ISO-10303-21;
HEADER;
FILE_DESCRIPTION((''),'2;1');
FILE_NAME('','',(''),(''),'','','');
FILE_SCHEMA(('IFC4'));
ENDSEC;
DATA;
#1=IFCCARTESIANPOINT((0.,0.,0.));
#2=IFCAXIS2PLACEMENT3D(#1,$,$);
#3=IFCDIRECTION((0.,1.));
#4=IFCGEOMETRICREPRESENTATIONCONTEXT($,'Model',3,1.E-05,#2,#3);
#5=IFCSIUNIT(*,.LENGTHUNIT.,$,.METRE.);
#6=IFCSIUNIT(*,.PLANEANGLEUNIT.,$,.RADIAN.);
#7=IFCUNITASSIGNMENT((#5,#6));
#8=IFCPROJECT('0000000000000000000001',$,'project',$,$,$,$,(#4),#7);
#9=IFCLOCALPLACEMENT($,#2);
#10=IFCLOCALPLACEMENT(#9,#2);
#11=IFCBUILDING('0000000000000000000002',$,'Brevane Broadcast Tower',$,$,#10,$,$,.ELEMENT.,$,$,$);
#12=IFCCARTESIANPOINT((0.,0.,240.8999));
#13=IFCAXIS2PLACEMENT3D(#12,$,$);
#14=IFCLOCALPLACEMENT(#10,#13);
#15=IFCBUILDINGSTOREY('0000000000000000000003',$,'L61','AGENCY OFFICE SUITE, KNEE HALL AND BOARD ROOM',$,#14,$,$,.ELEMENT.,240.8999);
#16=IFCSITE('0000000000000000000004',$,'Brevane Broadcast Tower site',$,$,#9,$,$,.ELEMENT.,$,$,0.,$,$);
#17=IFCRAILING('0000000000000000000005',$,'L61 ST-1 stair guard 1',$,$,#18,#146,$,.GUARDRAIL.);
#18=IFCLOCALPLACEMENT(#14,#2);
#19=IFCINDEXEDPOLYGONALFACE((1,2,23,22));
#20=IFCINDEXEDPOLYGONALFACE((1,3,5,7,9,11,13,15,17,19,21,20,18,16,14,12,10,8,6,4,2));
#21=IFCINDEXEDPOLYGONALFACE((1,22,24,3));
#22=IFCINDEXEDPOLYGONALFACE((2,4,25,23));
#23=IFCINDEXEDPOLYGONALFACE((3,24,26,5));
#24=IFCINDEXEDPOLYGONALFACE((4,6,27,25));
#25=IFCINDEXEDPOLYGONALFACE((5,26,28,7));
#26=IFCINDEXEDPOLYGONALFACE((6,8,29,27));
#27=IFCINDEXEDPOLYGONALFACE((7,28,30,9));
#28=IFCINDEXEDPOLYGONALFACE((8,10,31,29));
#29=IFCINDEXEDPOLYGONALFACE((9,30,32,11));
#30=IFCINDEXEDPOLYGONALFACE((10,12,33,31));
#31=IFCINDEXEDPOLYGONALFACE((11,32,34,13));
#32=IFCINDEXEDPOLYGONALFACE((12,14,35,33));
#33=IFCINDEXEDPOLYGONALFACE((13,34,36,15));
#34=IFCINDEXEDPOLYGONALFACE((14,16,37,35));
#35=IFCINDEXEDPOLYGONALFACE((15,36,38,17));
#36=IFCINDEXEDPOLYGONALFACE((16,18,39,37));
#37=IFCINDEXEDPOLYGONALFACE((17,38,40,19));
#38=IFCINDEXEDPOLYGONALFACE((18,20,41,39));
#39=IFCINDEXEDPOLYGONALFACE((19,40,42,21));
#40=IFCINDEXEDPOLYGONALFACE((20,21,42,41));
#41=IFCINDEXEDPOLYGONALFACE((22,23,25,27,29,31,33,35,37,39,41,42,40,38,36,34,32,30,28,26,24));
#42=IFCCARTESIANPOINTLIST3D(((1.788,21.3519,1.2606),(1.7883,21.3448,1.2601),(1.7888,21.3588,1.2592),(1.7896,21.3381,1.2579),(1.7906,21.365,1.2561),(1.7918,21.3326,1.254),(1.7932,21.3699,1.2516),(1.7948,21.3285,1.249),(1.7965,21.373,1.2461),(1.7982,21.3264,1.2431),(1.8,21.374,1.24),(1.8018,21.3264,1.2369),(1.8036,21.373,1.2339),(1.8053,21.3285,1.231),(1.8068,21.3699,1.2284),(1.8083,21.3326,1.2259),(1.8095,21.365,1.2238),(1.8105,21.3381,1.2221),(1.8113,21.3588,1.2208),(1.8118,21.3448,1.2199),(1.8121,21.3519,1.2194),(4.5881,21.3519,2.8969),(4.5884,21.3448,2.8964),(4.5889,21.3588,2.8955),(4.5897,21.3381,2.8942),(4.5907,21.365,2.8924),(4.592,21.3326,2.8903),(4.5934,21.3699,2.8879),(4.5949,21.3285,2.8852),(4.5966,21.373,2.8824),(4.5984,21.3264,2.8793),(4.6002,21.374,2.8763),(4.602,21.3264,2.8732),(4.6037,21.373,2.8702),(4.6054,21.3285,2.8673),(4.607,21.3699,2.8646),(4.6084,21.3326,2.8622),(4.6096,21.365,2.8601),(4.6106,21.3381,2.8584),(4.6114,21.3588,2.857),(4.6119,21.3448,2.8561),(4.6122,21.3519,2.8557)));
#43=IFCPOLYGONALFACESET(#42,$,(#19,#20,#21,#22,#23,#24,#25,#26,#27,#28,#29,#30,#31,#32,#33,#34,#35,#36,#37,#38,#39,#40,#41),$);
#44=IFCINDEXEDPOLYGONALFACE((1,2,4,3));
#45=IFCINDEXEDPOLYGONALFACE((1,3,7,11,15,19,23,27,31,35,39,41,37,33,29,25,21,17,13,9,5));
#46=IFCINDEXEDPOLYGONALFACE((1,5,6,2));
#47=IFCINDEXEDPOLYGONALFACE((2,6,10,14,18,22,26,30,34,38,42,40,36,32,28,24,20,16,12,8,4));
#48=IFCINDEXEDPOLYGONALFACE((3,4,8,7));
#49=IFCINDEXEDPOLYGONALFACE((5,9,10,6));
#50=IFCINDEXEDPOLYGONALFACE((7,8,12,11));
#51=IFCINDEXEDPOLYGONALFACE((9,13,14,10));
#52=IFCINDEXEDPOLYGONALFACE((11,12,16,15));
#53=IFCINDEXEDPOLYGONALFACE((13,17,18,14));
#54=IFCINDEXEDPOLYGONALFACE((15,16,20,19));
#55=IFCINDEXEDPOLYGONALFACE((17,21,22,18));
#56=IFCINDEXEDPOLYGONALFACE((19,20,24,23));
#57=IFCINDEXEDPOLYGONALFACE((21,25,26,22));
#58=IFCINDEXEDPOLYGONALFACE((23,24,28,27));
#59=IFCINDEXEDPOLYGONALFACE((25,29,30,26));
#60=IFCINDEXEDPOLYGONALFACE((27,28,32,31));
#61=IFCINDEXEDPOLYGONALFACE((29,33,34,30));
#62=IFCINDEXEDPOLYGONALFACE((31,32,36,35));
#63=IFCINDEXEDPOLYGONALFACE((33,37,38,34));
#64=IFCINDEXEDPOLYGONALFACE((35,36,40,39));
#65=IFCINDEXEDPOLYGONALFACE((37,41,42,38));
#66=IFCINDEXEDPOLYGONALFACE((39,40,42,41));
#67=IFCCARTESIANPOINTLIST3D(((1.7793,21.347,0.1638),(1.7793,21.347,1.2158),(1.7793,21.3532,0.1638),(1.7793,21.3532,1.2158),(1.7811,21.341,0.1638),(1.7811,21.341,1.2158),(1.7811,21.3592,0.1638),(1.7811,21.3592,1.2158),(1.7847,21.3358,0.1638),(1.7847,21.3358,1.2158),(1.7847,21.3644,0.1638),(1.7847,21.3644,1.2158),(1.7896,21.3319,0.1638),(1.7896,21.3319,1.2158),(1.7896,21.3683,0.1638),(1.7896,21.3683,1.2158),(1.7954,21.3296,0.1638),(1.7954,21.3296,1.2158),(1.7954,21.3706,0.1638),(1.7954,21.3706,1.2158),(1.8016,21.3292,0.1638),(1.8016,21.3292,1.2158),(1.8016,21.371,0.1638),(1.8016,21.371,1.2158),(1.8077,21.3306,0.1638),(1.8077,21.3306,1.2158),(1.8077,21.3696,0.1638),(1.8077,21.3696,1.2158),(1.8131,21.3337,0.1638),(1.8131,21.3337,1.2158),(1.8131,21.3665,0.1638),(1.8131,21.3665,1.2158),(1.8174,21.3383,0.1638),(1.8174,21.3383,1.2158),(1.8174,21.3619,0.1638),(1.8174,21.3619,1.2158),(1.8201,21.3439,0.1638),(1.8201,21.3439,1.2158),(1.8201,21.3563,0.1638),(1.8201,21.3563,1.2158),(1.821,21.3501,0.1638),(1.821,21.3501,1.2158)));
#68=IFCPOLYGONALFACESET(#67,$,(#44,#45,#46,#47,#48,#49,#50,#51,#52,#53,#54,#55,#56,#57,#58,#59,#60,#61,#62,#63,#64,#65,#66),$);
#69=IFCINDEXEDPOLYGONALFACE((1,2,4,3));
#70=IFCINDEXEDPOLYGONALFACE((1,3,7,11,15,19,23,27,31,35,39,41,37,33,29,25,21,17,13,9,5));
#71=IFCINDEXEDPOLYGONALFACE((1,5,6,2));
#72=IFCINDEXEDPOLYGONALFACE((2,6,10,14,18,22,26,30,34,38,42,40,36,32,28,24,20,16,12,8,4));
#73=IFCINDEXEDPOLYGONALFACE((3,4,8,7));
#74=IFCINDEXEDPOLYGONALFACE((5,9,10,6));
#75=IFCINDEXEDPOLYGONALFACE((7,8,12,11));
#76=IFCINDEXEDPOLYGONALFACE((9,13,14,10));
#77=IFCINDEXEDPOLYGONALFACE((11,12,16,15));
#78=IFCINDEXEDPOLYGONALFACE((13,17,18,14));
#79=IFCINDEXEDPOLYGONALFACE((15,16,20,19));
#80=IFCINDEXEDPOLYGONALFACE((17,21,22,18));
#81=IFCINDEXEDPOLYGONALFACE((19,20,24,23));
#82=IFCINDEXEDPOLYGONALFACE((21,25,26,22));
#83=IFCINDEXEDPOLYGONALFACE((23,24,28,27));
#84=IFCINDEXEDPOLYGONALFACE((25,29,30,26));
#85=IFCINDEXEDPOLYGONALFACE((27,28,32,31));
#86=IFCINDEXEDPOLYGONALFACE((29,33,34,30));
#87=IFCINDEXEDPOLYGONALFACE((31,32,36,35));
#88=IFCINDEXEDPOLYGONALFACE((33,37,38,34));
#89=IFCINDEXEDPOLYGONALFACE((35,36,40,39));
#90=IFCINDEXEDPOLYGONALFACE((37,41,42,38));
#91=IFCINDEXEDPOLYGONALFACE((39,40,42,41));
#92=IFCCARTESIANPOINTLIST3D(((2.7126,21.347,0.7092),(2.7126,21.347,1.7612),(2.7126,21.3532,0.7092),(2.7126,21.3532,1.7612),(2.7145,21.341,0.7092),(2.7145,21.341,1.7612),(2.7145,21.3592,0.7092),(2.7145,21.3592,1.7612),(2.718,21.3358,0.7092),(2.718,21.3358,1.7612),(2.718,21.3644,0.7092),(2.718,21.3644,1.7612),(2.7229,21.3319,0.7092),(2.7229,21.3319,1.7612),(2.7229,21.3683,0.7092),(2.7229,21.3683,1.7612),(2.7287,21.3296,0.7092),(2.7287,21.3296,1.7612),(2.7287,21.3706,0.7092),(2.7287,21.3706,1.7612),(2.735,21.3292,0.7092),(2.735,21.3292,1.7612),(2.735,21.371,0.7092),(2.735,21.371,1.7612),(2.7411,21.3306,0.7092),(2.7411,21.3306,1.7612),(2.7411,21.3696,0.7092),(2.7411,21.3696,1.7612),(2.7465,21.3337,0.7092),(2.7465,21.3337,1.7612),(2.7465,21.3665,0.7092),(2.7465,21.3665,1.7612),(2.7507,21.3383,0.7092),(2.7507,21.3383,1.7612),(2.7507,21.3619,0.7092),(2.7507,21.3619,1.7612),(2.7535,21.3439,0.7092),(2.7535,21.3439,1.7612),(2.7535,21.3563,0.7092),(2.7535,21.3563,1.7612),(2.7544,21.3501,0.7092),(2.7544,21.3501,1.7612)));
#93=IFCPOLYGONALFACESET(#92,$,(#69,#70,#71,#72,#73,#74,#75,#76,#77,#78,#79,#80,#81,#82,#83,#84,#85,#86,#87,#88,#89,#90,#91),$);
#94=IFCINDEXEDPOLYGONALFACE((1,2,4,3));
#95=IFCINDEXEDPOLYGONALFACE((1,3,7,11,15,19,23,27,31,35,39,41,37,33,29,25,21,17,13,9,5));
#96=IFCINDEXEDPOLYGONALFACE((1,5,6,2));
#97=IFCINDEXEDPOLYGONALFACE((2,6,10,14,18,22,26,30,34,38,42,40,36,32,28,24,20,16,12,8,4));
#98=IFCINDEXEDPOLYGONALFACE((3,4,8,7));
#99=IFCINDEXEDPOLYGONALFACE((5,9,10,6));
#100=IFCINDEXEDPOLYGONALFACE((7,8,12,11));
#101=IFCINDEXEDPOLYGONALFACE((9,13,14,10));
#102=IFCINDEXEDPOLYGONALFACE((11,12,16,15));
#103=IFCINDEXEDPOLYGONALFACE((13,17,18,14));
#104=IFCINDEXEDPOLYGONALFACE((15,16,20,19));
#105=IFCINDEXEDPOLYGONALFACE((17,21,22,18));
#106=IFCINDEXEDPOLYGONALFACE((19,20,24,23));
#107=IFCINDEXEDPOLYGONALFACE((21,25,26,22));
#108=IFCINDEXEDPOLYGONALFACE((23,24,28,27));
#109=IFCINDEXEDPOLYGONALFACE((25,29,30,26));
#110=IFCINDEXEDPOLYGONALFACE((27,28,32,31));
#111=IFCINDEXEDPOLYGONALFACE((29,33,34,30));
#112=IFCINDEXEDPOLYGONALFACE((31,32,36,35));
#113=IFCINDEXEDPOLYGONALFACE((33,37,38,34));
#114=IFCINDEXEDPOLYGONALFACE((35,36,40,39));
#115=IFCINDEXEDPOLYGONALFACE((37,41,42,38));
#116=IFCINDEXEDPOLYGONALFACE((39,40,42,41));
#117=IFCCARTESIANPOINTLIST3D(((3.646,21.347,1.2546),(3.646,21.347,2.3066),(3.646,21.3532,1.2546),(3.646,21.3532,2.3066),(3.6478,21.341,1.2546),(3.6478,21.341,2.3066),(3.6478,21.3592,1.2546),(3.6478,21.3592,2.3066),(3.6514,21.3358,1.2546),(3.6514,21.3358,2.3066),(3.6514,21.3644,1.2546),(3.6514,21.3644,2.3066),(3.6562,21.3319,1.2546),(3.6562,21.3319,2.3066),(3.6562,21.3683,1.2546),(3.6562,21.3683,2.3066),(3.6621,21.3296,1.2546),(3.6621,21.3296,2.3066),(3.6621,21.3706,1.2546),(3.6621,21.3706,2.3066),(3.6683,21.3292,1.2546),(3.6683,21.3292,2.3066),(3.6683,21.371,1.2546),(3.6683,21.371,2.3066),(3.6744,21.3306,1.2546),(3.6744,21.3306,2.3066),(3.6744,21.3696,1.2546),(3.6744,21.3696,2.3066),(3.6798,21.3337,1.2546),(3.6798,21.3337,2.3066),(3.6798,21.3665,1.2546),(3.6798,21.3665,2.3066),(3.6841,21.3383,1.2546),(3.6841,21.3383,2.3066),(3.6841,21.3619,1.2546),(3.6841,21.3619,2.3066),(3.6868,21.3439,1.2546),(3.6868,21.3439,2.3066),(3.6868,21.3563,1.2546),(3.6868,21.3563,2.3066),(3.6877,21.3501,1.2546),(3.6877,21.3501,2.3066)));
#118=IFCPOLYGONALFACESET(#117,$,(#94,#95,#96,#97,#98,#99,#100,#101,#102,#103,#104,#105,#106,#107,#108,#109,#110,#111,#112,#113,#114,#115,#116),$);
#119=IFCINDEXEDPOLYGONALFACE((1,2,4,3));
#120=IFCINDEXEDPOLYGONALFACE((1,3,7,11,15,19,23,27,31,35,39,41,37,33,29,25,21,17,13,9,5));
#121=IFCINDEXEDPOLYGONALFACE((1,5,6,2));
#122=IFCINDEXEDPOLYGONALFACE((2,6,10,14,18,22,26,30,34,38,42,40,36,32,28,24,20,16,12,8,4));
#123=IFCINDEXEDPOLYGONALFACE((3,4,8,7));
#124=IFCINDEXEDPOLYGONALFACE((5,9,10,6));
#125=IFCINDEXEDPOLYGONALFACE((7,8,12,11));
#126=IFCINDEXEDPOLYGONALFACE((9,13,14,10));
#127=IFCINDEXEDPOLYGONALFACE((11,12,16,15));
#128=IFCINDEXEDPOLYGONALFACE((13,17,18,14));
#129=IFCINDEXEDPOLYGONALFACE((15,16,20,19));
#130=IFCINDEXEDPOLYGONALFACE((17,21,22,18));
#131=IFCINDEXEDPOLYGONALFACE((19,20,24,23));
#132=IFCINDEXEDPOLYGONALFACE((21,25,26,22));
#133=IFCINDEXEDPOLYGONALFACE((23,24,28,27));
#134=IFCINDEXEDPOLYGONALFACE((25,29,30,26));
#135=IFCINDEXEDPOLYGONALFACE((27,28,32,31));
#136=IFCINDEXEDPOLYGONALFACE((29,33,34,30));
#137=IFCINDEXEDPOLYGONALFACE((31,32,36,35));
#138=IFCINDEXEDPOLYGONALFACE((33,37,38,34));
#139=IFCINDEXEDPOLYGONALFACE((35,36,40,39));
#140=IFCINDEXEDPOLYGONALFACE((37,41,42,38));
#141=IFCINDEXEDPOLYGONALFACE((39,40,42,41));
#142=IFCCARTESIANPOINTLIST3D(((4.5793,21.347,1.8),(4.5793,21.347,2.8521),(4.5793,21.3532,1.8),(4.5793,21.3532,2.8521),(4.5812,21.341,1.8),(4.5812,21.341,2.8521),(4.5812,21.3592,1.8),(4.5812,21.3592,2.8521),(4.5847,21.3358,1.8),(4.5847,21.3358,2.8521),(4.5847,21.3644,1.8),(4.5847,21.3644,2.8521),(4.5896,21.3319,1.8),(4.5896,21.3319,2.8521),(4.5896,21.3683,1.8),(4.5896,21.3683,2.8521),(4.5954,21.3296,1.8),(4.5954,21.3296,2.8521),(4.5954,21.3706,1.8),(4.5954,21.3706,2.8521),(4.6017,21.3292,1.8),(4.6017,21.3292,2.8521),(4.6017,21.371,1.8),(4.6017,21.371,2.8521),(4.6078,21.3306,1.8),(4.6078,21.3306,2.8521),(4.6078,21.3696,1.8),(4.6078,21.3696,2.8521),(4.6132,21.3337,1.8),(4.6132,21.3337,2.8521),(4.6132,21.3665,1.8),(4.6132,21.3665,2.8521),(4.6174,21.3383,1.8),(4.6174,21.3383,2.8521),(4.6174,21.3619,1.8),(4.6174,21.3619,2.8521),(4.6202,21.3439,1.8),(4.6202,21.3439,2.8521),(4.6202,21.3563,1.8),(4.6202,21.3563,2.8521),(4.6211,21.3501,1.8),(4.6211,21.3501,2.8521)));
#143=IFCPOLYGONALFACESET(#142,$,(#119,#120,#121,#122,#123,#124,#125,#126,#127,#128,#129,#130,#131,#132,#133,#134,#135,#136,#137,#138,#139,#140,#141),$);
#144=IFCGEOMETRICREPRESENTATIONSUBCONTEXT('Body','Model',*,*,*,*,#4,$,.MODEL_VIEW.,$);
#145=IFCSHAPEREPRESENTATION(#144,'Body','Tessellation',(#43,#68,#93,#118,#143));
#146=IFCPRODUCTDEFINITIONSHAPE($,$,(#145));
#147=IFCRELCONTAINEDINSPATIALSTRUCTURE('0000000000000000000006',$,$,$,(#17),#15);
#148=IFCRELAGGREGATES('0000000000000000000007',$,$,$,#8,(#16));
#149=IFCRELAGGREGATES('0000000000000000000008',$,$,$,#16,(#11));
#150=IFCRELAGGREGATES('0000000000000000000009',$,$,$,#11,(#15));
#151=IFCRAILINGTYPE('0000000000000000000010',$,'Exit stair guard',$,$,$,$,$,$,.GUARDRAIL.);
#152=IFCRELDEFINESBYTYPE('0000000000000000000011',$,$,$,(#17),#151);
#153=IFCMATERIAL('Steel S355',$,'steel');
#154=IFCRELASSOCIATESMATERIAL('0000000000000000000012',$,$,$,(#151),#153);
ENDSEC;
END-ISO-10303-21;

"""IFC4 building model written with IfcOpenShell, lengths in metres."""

from ifc_helpers import new_model, si_unit, direction, frame, origin, origin_2d, place, context, subcontext, project, spatial, circle, extrude, material, type_object, element, save


model = new_model("IFC4")

# Units and contexts
model_context = context("Model", 3, precision=1e-05, world=origin(), true_north=direction((0.0, 1.0)))
body_context = subcontext(model_context, "Body", "Model", "MODEL_VIEW")
ifc_project = project(units=[si_unit("LENGTHUNIT", "METRE"), si_unit("PLANEANGLEUNIT", "RADIAN")], contexts=[model_context])

# Site, building, storey
site_placement = place(None, origin())
site = spatial("IfcSite", under=ifc_project, at=site_placement, Name="Brevane Broadcast Tower site", CompositionType="ELEMENT", RefElevation=0.0)
building_placement = place(site_placement, origin())
building = spatial("IfcBuilding", under=site, at=building_placement, Name="Brevane Broadcast Tower", CompositionType="ELEMENT")
storey_placement = place(building_placement, frame((0.0, 0.0, 240.8999)))
storey = spatial("IfcBuildingStorey", under=building, at=storey_placement, Name="L61", Description="AGENCY OFFICE SUITE, KNEE HALL AND BOARD ROOM", CompositionType="ELEMENT", Elevation=240.8999)

# Railing
ifc_material_1 = material(Name="Steel S355", Category="steel")
railing_type_1 = type_object("IfcRailingType", Name="Exit stair guard", PredefinedType="GUARDRAIL", material=ifc_material_1)
railing_1_placement = place(storey_placement, frame((1.8, 21.3501, 0.1638)))
element("IfcRailing", 1, at=railing_1_placement, inside=storey, type_object=railing_type_1, Name="L61 ST-1 stair guard 1", PredefinedType="GUARDRAIL", context=body_context, shape_type="SweptSolid", body=[
    extrude(circle(Radius=0.0239, at=origin_2d()), frame((0.0, 0.0, 1.0762), z_axis=(0.863394, 0.0, 0.504531), x_axis=(0.0, 1.0, 0.0)), (0.0, 0.0, 1.0), 3.2432),
    extrude(circle(Radius=0.021, at=origin_2d()), origin(), (0.0, 0.0, 1.0), 1.052),
    extrude(circle(Radius=0.021, at=origin_2d()), frame((0.9333, 0.0, 0.5454)), (0.0, 0.0, 1.0), 1.052),
    extrude(circle(Radius=0.021, at=origin_2d()), frame((1.8667, 0.0, 1.0908)), (0.0, 0.0, 1.0), 1.052),
    extrude(circle(Radius=0.021, at=origin_2d()), frame((2.8, 0.0, 1.6362)), (0.0, 0.0, 1.0), 1.052),
])

save(model, "model.ifc")
